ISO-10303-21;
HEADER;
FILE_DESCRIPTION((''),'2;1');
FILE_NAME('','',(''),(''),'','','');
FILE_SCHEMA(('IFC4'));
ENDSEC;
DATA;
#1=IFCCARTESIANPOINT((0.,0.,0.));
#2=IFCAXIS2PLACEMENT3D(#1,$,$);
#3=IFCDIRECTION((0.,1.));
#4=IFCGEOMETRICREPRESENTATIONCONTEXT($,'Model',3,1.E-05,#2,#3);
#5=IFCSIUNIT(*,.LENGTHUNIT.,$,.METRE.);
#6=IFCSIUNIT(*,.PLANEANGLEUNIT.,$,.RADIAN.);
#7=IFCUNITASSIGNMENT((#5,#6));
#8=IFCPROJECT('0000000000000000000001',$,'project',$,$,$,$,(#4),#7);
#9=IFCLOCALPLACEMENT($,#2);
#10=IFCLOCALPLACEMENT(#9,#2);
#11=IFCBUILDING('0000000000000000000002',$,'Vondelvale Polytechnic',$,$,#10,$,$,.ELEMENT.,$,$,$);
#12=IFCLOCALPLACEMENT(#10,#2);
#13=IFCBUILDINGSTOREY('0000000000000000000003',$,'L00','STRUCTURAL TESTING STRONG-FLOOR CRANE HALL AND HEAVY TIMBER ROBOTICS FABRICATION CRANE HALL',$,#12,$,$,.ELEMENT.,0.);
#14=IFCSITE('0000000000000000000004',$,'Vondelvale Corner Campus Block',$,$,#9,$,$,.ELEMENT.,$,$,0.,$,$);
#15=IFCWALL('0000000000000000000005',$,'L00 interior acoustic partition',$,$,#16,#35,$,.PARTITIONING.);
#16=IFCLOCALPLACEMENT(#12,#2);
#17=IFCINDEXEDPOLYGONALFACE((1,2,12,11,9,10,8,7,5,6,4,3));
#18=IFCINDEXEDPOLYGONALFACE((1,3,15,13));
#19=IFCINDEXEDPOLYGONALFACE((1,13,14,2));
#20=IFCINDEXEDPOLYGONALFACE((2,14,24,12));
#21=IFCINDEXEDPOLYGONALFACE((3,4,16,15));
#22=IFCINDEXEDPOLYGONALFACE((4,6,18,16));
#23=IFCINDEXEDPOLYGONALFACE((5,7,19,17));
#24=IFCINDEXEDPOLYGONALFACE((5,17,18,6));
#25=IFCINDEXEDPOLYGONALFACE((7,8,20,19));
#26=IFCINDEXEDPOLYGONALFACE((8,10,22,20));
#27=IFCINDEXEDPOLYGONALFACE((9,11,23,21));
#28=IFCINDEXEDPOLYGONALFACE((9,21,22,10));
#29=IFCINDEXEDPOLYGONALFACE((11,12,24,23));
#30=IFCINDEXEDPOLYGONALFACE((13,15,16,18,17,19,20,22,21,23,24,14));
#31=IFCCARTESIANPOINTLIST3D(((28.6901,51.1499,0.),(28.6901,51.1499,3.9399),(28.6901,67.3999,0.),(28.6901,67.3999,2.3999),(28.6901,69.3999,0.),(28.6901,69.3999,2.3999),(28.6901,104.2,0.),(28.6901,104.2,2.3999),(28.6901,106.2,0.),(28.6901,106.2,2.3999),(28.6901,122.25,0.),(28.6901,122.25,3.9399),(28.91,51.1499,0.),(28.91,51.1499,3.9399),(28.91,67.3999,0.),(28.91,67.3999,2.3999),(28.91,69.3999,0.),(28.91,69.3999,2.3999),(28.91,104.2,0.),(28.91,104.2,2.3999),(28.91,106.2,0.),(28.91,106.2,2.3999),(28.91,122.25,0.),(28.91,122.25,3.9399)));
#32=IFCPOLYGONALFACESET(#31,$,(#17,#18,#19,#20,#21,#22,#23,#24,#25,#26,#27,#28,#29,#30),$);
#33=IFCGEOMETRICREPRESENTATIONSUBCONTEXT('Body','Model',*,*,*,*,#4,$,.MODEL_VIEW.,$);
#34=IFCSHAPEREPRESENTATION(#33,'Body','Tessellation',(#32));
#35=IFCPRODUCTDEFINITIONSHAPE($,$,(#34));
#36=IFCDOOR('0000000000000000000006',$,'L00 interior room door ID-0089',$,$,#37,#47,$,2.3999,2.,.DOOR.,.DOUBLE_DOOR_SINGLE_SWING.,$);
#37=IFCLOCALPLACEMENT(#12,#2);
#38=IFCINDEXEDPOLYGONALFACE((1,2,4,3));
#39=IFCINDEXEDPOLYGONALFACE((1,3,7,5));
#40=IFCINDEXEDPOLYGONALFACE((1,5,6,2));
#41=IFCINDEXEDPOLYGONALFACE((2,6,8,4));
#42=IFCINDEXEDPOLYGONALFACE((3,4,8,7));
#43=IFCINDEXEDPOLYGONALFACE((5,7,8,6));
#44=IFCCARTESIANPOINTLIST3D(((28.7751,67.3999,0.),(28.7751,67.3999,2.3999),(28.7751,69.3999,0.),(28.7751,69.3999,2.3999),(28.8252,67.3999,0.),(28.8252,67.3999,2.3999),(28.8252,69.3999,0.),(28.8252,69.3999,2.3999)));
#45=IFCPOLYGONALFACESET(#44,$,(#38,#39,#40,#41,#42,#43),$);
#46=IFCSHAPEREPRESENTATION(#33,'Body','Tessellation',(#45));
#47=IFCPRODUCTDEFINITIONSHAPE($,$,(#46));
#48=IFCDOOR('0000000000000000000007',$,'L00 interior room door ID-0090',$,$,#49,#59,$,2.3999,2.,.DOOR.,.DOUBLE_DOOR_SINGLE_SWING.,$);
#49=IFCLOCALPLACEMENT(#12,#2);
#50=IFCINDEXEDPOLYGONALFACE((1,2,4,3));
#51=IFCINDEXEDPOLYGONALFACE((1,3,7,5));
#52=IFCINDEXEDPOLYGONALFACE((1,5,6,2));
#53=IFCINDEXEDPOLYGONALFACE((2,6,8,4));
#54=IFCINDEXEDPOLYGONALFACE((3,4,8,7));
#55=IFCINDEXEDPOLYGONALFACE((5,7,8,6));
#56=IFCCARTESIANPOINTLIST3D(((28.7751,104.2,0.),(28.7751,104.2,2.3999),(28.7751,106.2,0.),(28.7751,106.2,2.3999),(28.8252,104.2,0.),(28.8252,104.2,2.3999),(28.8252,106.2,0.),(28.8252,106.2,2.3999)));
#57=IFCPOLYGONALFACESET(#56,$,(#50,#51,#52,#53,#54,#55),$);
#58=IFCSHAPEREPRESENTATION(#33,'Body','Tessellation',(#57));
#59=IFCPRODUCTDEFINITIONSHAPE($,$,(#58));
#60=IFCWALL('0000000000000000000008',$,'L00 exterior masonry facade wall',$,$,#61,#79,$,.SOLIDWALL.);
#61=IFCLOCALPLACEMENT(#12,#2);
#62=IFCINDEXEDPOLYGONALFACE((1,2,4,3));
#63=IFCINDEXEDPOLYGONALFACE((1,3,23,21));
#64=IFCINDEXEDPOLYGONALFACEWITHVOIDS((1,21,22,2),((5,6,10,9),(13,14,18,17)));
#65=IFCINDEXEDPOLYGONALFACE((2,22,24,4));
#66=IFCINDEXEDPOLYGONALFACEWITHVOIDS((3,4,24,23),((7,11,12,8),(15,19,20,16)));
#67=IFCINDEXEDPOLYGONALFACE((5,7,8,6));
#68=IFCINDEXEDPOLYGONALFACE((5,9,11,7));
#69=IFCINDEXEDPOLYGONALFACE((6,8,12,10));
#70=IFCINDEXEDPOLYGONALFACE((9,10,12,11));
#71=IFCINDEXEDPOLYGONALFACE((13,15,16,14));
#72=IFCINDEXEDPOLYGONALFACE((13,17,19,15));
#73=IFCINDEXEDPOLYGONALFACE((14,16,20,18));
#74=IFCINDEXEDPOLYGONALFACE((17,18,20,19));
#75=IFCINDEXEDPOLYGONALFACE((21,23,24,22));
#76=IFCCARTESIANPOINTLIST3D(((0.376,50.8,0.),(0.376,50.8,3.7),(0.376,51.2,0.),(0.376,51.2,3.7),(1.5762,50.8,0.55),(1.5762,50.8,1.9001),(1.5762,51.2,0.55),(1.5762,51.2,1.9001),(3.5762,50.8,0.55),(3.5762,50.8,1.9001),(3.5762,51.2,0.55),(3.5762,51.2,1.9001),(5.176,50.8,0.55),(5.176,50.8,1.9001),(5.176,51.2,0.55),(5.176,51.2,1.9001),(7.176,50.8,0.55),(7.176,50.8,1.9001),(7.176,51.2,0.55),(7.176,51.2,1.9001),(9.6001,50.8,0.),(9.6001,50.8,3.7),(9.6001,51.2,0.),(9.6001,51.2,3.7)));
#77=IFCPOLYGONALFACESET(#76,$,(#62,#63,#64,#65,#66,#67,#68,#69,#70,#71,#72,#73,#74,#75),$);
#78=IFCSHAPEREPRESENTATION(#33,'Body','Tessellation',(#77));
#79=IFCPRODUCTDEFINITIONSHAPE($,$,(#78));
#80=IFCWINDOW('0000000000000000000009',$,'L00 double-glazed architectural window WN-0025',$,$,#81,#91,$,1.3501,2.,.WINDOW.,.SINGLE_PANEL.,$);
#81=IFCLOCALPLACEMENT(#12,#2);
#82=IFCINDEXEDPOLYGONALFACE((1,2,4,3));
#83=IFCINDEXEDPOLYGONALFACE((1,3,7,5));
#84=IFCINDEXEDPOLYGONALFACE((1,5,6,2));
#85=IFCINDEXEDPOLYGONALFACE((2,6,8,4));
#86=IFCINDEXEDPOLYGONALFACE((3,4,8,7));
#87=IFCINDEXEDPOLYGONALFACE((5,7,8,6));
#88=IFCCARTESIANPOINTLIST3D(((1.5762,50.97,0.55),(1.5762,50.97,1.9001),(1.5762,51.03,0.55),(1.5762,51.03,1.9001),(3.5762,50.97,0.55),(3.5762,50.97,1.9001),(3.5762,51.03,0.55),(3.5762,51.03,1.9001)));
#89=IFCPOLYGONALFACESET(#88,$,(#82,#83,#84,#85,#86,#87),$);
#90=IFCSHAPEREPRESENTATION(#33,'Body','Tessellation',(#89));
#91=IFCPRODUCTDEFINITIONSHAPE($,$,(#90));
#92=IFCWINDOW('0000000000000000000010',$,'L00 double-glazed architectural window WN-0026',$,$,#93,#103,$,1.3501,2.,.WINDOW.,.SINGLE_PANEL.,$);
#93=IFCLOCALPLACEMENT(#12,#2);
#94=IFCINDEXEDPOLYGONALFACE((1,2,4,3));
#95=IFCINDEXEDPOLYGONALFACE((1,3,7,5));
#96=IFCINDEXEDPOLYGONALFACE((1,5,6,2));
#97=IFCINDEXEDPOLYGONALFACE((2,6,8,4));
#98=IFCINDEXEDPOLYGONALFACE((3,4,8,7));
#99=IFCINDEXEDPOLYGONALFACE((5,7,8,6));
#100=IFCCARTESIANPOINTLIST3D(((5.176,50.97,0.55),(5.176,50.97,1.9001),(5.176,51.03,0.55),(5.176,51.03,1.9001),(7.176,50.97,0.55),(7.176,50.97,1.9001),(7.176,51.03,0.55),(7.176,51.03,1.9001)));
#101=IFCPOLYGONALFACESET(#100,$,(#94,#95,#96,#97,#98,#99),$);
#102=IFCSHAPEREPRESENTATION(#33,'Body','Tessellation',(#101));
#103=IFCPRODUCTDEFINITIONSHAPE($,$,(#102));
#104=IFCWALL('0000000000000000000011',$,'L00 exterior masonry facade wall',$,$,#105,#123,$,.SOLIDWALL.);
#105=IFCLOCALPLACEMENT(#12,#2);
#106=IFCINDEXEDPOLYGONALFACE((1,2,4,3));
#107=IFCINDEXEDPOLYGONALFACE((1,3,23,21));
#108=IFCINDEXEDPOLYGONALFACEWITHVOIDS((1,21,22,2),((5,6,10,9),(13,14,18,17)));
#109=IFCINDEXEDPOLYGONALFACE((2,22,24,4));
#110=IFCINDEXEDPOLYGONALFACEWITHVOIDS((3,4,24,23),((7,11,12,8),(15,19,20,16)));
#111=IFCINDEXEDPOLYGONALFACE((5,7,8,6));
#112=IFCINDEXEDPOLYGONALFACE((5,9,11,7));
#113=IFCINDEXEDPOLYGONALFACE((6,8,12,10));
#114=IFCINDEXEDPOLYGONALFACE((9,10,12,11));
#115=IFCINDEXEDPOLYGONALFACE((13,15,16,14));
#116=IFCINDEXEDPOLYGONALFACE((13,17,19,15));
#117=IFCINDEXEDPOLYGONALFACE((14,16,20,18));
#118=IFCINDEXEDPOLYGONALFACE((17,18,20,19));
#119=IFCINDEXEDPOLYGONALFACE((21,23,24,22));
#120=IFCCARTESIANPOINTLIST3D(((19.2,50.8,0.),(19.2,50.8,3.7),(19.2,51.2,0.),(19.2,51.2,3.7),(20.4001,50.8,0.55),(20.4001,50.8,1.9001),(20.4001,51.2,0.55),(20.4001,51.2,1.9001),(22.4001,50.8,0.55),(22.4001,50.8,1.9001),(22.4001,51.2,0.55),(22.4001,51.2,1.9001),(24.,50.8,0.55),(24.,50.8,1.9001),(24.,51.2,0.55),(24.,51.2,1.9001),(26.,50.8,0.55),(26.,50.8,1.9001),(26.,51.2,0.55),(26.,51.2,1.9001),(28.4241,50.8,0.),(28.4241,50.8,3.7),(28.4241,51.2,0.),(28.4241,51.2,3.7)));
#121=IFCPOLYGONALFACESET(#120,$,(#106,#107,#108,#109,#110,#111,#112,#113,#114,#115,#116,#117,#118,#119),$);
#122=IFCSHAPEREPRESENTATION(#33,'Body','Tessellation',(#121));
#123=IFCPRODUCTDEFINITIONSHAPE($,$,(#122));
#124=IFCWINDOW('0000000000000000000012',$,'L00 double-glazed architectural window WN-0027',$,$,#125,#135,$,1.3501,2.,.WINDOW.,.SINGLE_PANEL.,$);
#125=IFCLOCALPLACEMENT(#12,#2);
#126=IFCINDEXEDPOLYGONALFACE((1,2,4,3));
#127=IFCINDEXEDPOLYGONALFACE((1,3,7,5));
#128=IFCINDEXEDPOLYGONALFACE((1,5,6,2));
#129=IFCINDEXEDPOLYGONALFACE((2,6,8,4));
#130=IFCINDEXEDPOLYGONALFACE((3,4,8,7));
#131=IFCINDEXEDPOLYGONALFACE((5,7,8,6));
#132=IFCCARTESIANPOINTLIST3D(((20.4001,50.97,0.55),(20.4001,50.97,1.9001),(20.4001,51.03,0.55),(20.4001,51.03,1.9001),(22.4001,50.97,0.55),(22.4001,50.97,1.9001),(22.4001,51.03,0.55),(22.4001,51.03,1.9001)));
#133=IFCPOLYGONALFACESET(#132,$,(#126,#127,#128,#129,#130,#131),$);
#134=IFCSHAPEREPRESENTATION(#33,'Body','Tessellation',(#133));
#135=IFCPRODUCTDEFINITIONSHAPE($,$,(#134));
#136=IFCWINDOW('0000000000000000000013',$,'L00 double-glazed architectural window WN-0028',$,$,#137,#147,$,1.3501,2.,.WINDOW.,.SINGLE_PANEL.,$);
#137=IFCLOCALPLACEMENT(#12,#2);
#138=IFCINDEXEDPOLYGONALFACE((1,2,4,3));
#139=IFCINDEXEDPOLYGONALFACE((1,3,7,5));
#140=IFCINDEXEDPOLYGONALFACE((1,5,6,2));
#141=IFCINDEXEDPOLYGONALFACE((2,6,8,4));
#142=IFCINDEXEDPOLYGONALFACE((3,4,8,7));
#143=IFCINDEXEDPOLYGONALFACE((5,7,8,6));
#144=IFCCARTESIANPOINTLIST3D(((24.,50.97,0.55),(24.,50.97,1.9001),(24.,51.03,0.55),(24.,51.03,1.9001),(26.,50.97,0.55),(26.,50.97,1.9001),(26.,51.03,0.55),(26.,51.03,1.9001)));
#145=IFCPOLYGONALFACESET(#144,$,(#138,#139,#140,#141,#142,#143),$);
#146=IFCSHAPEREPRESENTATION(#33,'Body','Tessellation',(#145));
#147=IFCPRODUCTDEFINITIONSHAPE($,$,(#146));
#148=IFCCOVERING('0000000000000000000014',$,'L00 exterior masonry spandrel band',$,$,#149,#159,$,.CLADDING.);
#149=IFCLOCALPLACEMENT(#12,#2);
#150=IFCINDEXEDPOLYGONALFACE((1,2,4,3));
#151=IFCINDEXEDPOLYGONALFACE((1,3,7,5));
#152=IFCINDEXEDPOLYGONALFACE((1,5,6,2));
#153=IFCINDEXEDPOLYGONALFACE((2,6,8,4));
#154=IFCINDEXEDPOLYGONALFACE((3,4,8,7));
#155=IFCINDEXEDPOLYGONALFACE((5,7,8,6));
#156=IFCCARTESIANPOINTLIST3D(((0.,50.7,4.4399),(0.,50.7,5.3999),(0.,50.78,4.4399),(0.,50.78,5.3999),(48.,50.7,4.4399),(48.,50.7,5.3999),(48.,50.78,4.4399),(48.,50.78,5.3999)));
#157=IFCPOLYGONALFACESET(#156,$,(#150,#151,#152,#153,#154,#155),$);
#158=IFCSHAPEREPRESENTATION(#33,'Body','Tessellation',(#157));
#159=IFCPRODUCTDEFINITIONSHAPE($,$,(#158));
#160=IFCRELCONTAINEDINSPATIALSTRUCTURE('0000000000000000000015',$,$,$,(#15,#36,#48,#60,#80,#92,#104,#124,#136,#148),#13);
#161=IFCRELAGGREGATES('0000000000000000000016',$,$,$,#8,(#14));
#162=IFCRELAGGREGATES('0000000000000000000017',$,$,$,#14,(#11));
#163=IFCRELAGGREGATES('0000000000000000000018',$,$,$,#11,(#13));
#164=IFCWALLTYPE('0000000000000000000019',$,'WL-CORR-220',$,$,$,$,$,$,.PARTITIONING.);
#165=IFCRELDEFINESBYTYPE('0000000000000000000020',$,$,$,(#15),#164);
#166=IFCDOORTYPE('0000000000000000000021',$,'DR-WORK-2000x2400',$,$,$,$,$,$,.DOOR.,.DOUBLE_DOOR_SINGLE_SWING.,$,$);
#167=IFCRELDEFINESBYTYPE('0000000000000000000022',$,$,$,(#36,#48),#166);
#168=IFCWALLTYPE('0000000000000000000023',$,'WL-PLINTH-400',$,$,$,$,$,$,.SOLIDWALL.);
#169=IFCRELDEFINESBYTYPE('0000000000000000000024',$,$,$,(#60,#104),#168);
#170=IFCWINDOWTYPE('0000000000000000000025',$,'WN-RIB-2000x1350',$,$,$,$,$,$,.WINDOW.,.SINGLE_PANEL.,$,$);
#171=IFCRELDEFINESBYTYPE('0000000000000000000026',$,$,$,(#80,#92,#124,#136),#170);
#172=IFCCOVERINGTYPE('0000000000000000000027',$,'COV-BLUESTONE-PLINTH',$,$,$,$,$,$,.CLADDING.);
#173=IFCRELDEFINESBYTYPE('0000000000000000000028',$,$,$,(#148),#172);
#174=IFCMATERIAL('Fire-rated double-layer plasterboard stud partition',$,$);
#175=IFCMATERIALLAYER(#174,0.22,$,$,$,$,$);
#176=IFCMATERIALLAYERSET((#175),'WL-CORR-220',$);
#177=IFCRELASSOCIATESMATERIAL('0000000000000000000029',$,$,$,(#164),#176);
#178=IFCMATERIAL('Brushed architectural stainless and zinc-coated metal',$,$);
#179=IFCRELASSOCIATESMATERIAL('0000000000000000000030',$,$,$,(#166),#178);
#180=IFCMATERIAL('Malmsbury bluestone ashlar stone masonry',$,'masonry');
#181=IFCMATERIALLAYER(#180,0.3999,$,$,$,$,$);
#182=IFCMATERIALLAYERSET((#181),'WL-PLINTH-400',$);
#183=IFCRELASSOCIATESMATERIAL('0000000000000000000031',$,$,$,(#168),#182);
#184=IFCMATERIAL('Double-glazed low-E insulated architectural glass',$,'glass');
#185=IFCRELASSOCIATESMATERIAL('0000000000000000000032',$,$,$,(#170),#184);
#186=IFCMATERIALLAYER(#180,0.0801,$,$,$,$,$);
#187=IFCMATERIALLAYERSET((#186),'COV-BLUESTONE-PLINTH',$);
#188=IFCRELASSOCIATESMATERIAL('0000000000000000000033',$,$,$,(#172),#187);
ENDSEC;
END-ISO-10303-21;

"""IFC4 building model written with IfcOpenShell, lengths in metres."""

from ifc_helpers import new_model, si_unit, direction, frame, frame_2d, origin, origin_2d, place, context, subcontext, project, spatial, rectangle, extrude, material, layer, layer_set, type_object, element, fill, save


model = new_model("IFC4")

# Units and contexts
model_context = context("Model", 3, precision=1e-05, world=origin(), true_north=direction((0.0, 1.0)))
body_context = subcontext(model_context, "Body", "Model", "MODEL_VIEW")
ifc_project = project(units=[si_unit("LENGTHUNIT", "METRE"), si_unit("PLANEANGLEUNIT", "RADIAN")], contexts=[model_context])

# Site, building, storey
site_placement = place(None, origin())
site = spatial("IfcSite", under=ifc_project, at=site_placement, Name="Vondelvale Corner Campus Block", CompositionType="ELEMENT", RefElevation=0.0)
building_placement = place(site_placement, origin())
building = spatial("IfcBuilding", under=site, at=building_placement, Name="Vondelvale Polytechnic", CompositionType="ELEMENT")
storey_placement = place(building_placement, origin())
storey = spatial("IfcBuildingStorey", under=building, at=storey_placement, Name="L00", Description="STRUCTURAL TESTING STRONG-FLOOR CRANE HALL AND HEAVY TIMBER ROBOTICS FABRICATION CRANE HALL", CompositionType="ELEMENT", Elevation=0.0)

# Wall, openings, doors
ifc_material_1 = material(Name="Fire-rated double-layer plasterboard stud partition")
ifc_layer_1 = layer(ifc_material_1, 0.22)
ifc_layer_set_1 = layer_set([ifc_layer_1], Name="WL-CORR-220")
wall_type_1 = type_object("IfcWallType", Name="WL-CORR-220", PredefinedType="PARTITIONING", material=ifc_layer_set_1)
wall_1_placement = place(storey_placement, frame((28.8, 51.1499, 0.0), z_axis=(0.0, 0.0, 1.0), x_axis=(0.0, 1.0, 0.0)))
wall_1 = element("IfcWall", 1, at=wall_1_placement, inside=storey, type_object=wall_type_1, Name="L00 interior acoustic partition", PredefinedType="PARTITIONING", context=body_context, shape_type="SweptSolid", body=[
    extrude(rectangle(XDim=71.1001, YDim=0.22, at=frame_2d((35.55, 0.0))), origin(), (0.0, 0.0, 1.0), 3.9399),
])
opening_1_placement = place(wall_1_placement, frame((16.25, 0.0, 0.0)))
opening_1 = element("IfcOpeningElement", 2, at=opening_1_placement, cuts=wall_1, PredefinedType="OPENING", context=body_context, shape_type="SweptSolid", body=[
    extrude(rectangle(XDim=2.0, YDim=2.3999, at=frame_2d((1.0, 1.2))), frame((0.0, 0.1199, 0.0), z_axis=(0.0, -1.0, 0.0), x_axis=(1.0, 0.0, 0.0)), (0.0, 0.0, 1.0), 0.24),
])
opening_2_placement = place(wall_1_placement, frame((53.05, 0.0, 0.0)))
opening_2 = element("IfcOpeningElement", 3, at=opening_2_placement, cuts=wall_1, PredefinedType="OPENING", context=body_context, shape_type="SweptSolid", body=[
    extrude(rectangle(XDim=2.0, YDim=2.3999, at=frame_2d((1.0, 1.2))), frame((0.0, 0.1199, 0.0), z_axis=(0.0, -1.0, 0.0), x_axis=(1.0, 0.0, 0.0)), (0.0, 0.0, 1.0), 0.24),
])
ifc_material_2 = material(Name="Brushed architectural stainless and zinc-coated metal")
door_type_1 = type_object("IfcDoorType", Name="DR-WORK-2000x2400", OperationType="DOUBLE_DOOR_SINGLE_SWING", PredefinedType="DOOR", material=ifc_material_2)
door_1_placement = place(opening_1_placement, origin())
door_1 = element("IfcDoor", 4, at=door_1_placement, inside=storey, type_object=door_type_1, Name="L00 interior room door ID-0089", OperationType="DOUBLE_DOOR_SINGLE_SWING", OverallHeight=2.3999, OverallWidth=2.0, PredefinedType="DOOR", context=body_context, shape_type="SweptSolid", body=[
    extrude(rectangle(XDim=2.0, YDim=2.3999, at=frame_2d((1.0, 1.2))), frame((0.0, 0.0249, 0.0), z_axis=(0.0, -1.0, 0.0), x_axis=(1.0, 0.0, 0.0)), (0.0, 0.0, 1.0), 0.05),
])
fill(opening_1, door_1)
door_2_placement = place(opening_2_placement, origin())
door_2 = element("IfcDoor", 5, at=door_2_placement, inside=storey, type_object=door_type_1, Name="L00 interior room door ID-0090", OperationType="DOUBLE_DOOR_SINGLE_SWING", OverallHeight=2.3999, OverallWidth=2.0, PredefinedType="DOOR", context=body_context, shape_type="SweptSolid", body=[
    extrude(rectangle(XDim=2.0, YDim=2.3999, at=frame_2d((1.0, 1.2))), frame((0.0, 0.0249, 0.0), z_axis=(0.0, -1.0, 0.0), x_axis=(1.0, 0.0, 0.0)), (0.0, 0.0, 1.0), 0.05),
])
fill(opening_2, door_2)

# Wall, openings, windows
ifc_material_3 = material(Name="Malmsbury bluestone ashlar stone masonry", Category="masonry")
ifc_layer_2 = layer(ifc_material_3, 0.3999)
ifc_layer_set_2 = layer_set([ifc_layer_2], Name="WL-PLINTH-400")
wall_type_2 = type_object("IfcWallType", Name="WL-PLINTH-400", PredefinedType="SOLIDWALL", material=ifc_layer_set_2)
wall_2_placement = place(storey_placement, frame((9.6001, 51.0, 0.0), z_axis=(0.0, 0.0, 1.0), x_axis=(-1.0, 0.0, 0.0)))
wall_2 = element("IfcWall", 6, at=wall_2_placement, inside=storey, type_object=wall_type_2, Name="L00 exterior masonry facade wall", PredefinedType="SOLIDWALL", context=body_context, shape_type="SweptSolid", body=[
    extrude(rectangle(XDim=9.2241, YDim=0.3999, at=frame_2d((4.6121, 0.0))), origin(), (0.0, 0.0, 1.0), 3.7),
])
opening_3_placement = place(wall_2_placement, frame((6.0239, 0.0, 0.55)))
opening_3 = element("IfcOpeningElement", 7, at=opening_3_placement, cuts=wall_2, PredefinedType="OPENING", context=body_context, shape_type="SweptSolid", body=[
    extrude(rectangle(XDim=2.0, YDim=1.3501, at=frame_2d((1.0, 0.675))), frame((0.0, 0.21, 0.0), z_axis=(0.0, -1.0, 0.0), x_axis=(1.0, 0.0, 0.0)), (0.0, 0.0, 1.0), 0.4199),
])
opening_4_placement = place(wall_2_placement, frame((2.4241, 0.0, 0.55)))
opening_4 = element("IfcOpeningElement", 8, at=opening_4_placement, cuts=wall_2, PredefinedType="OPENING", context=body_context, shape_type="SweptSolid", body=[
    extrude(rectangle(XDim=2.0, YDim=1.3501, at=frame_2d((1.0, 0.675))), frame((0.0, 0.21, 0.0), z_axis=(0.0, -1.0, 0.0), x_axis=(1.0, 0.0, 0.0)), (0.0, 0.0, 1.0), 0.4199),
])
ifc_material_4 = material(Name="Double-glazed low-E insulated architectural glass", Category="glass")
window_type = type_object("IfcWindowType", Name="WN-RIB-2000x1350", PartitioningType="SINGLE_PANEL", PredefinedType="WINDOW", material=ifc_material_4)
window_1_placement = place(opening_3_placement, origin())
window_1 = element("IfcWindow", 9, at=window_1_placement, inside=storey, type_object=window_type, Name="L00 double-glazed architectural window WN-0025", OverallHeight=1.3501, OverallWidth=2.0, PartitioningType="SINGLE_PANEL", PredefinedType="WINDOW", context=body_context, shape_type="SweptSolid", body=[
    extrude(rectangle(XDim=2.0, YDim=1.3501, at=frame_2d((1.0, 0.675))), frame((0.0, 0.03, 0.0), z_axis=(0.0, -1.0, 0.0), x_axis=(1.0, 0.0, 0.0)), (0.0, 0.0, 1.0), 0.0601),
])
fill(opening_3, window_1)
window_2_placement = place(opening_4_placement, origin())
window_2 = element("IfcWindow", 10, at=window_2_placement, inside=storey, type_object=window_type, Name="L00 double-glazed architectural window WN-0026", OverallHeight=1.3501, OverallWidth=2.0, PartitioningType="SINGLE_PANEL", PredefinedType="WINDOW", context=body_context, shape_type="SweptSolid", body=[
    extrude(rectangle(XDim=2.0, YDim=1.3501, at=frame_2d((1.0, 0.675))), frame((0.0, 0.03, 0.0), z_axis=(0.0, -1.0, 0.0), x_axis=(1.0, 0.0, 0.0)), (0.0, 0.0, 1.0), 0.0601),
])
fill(opening_4, window_2)

# Wall, openings, windows
wall_3_placement = place(storey_placement, frame((28.4241, 51.0, 0.0), z_axis=(0.0, 0.0, 1.0), x_axis=(-1.0, 0.0, 0.0)))
wall_3 = element("IfcWall", 11, at=wall_3_placement, inside=storey, type_object=wall_type_2, Name="L00 exterior masonry facade wall", PredefinedType="SOLIDWALL", context=body_context, shape_type="SweptSolid", body=[
    extrude(rectangle(XDim=9.2241, YDim=0.3999, at=frame_2d((4.6121, 0.0))), origin(), (0.0, 0.0, 1.0), 3.7),
])
opening_5_placement = place(wall_3_placement, frame((6.0239, 0.0, 0.55)))
opening_5 = element("IfcOpeningElement", 12, at=opening_5_placement, cuts=wall_3, PredefinedType="OPENING", context=body_context, shape_type="SweptSolid", body=[
    extrude(rectangle(XDim=2.0, YDim=1.3501, at=frame_2d((1.0, 0.675))), frame((0.0, 0.21, 0.0), z_axis=(0.0, -1.0, 0.0), x_axis=(1.0, 0.0, 0.0)), (0.0, 0.0, 1.0), 0.4199),
])
opening_6_placement = place(wall_3_placement, frame((2.4241, 0.0, 0.55)))
opening_6 = element("IfcOpeningElement", 13, at=opening_6_placement, cuts=wall_3, PredefinedType="OPENING", context=body_context, shape_type="SweptSolid", body=[
    extrude(rectangle(XDim=2.0, YDim=1.3501, at=frame_2d((1.0, 0.675))), frame((0.0, 0.21, 0.0), z_axis=(0.0, -1.0, 0.0), x_axis=(1.0, 0.0, 0.0)), (0.0, 0.0, 1.0), 0.4199),
])
window_3_placement = place(opening_5_placement, origin())
window_3 = element("IfcWindow", 14, at=window_3_placement, inside=storey, type_object=window_type, Name="L00 double-glazed architectural window WN-0027", OverallHeight=1.3501, OverallWidth=2.0, PartitioningType="SINGLE_PANEL", PredefinedType="WINDOW", context=body_context, shape_type="SweptSolid", body=[
    extrude(rectangle(XDim=2.0, YDim=1.3501, at=frame_2d((1.0, 0.675))), frame((0.0, 0.03, 0.0), z_axis=(0.0, -1.0, 0.0), x_axis=(1.0, 0.0, 0.0)), (0.0, 0.0, 1.0), 0.0601),
])
fill(opening_5, window_3)
window_4_placement = place(opening_6_placement, origin())
window_4 = element("IfcWindow", 15, at=window_4_placement, inside=storey, type_object=window_type, Name="L00 double-glazed architectural window WN-0028", OverallHeight=1.3501, OverallWidth=2.0, PartitioningType="SINGLE_PANEL", PredefinedType="WINDOW", context=body_context, shape_type="SweptSolid", body=[
    extrude(rectangle(XDim=2.0, YDim=1.3501, at=frame_2d((1.0, 0.675))), frame((0.0, 0.03, 0.0), z_axis=(0.0, -1.0, 0.0), x_axis=(1.0, 0.0, 0.0)), (0.0, 0.0, 1.0), 0.0601),
])
fill(opening_6, window_4)

# Covering
ifc_layer_3 = layer(ifc_material_3, 0.0801)
ifc_layer_set_3 = layer_set([ifc_layer_3], Name="COV-BLUESTONE-PLINTH")
covering_type = type_object("IfcCoveringType", Name="COV-BLUESTONE-PLINTH", PredefinedType="CLADDING", material=ifc_layer_set_3)
covering_1_placement = place(storey_placement, frame((24.0, 50.74, 4.4399), z_axis=(0.0, 0.0, 1.0), x_axis=(1.0, 0.0, 0.0)))
element("IfcCovering", 16, at=covering_1_placement, inside=storey, type_object=covering_type, Name="L00 exterior masonry spandrel band", PredefinedType="CLADDING", context=body_context, shape_type="SweptSolid", body=[
    extrude(rectangle(XDim=48.0, YDim=0.0801, at=origin_2d()), origin(), (0.0, 0.0, 1.0), 0.96),
])

save(model, "model.ifc")
